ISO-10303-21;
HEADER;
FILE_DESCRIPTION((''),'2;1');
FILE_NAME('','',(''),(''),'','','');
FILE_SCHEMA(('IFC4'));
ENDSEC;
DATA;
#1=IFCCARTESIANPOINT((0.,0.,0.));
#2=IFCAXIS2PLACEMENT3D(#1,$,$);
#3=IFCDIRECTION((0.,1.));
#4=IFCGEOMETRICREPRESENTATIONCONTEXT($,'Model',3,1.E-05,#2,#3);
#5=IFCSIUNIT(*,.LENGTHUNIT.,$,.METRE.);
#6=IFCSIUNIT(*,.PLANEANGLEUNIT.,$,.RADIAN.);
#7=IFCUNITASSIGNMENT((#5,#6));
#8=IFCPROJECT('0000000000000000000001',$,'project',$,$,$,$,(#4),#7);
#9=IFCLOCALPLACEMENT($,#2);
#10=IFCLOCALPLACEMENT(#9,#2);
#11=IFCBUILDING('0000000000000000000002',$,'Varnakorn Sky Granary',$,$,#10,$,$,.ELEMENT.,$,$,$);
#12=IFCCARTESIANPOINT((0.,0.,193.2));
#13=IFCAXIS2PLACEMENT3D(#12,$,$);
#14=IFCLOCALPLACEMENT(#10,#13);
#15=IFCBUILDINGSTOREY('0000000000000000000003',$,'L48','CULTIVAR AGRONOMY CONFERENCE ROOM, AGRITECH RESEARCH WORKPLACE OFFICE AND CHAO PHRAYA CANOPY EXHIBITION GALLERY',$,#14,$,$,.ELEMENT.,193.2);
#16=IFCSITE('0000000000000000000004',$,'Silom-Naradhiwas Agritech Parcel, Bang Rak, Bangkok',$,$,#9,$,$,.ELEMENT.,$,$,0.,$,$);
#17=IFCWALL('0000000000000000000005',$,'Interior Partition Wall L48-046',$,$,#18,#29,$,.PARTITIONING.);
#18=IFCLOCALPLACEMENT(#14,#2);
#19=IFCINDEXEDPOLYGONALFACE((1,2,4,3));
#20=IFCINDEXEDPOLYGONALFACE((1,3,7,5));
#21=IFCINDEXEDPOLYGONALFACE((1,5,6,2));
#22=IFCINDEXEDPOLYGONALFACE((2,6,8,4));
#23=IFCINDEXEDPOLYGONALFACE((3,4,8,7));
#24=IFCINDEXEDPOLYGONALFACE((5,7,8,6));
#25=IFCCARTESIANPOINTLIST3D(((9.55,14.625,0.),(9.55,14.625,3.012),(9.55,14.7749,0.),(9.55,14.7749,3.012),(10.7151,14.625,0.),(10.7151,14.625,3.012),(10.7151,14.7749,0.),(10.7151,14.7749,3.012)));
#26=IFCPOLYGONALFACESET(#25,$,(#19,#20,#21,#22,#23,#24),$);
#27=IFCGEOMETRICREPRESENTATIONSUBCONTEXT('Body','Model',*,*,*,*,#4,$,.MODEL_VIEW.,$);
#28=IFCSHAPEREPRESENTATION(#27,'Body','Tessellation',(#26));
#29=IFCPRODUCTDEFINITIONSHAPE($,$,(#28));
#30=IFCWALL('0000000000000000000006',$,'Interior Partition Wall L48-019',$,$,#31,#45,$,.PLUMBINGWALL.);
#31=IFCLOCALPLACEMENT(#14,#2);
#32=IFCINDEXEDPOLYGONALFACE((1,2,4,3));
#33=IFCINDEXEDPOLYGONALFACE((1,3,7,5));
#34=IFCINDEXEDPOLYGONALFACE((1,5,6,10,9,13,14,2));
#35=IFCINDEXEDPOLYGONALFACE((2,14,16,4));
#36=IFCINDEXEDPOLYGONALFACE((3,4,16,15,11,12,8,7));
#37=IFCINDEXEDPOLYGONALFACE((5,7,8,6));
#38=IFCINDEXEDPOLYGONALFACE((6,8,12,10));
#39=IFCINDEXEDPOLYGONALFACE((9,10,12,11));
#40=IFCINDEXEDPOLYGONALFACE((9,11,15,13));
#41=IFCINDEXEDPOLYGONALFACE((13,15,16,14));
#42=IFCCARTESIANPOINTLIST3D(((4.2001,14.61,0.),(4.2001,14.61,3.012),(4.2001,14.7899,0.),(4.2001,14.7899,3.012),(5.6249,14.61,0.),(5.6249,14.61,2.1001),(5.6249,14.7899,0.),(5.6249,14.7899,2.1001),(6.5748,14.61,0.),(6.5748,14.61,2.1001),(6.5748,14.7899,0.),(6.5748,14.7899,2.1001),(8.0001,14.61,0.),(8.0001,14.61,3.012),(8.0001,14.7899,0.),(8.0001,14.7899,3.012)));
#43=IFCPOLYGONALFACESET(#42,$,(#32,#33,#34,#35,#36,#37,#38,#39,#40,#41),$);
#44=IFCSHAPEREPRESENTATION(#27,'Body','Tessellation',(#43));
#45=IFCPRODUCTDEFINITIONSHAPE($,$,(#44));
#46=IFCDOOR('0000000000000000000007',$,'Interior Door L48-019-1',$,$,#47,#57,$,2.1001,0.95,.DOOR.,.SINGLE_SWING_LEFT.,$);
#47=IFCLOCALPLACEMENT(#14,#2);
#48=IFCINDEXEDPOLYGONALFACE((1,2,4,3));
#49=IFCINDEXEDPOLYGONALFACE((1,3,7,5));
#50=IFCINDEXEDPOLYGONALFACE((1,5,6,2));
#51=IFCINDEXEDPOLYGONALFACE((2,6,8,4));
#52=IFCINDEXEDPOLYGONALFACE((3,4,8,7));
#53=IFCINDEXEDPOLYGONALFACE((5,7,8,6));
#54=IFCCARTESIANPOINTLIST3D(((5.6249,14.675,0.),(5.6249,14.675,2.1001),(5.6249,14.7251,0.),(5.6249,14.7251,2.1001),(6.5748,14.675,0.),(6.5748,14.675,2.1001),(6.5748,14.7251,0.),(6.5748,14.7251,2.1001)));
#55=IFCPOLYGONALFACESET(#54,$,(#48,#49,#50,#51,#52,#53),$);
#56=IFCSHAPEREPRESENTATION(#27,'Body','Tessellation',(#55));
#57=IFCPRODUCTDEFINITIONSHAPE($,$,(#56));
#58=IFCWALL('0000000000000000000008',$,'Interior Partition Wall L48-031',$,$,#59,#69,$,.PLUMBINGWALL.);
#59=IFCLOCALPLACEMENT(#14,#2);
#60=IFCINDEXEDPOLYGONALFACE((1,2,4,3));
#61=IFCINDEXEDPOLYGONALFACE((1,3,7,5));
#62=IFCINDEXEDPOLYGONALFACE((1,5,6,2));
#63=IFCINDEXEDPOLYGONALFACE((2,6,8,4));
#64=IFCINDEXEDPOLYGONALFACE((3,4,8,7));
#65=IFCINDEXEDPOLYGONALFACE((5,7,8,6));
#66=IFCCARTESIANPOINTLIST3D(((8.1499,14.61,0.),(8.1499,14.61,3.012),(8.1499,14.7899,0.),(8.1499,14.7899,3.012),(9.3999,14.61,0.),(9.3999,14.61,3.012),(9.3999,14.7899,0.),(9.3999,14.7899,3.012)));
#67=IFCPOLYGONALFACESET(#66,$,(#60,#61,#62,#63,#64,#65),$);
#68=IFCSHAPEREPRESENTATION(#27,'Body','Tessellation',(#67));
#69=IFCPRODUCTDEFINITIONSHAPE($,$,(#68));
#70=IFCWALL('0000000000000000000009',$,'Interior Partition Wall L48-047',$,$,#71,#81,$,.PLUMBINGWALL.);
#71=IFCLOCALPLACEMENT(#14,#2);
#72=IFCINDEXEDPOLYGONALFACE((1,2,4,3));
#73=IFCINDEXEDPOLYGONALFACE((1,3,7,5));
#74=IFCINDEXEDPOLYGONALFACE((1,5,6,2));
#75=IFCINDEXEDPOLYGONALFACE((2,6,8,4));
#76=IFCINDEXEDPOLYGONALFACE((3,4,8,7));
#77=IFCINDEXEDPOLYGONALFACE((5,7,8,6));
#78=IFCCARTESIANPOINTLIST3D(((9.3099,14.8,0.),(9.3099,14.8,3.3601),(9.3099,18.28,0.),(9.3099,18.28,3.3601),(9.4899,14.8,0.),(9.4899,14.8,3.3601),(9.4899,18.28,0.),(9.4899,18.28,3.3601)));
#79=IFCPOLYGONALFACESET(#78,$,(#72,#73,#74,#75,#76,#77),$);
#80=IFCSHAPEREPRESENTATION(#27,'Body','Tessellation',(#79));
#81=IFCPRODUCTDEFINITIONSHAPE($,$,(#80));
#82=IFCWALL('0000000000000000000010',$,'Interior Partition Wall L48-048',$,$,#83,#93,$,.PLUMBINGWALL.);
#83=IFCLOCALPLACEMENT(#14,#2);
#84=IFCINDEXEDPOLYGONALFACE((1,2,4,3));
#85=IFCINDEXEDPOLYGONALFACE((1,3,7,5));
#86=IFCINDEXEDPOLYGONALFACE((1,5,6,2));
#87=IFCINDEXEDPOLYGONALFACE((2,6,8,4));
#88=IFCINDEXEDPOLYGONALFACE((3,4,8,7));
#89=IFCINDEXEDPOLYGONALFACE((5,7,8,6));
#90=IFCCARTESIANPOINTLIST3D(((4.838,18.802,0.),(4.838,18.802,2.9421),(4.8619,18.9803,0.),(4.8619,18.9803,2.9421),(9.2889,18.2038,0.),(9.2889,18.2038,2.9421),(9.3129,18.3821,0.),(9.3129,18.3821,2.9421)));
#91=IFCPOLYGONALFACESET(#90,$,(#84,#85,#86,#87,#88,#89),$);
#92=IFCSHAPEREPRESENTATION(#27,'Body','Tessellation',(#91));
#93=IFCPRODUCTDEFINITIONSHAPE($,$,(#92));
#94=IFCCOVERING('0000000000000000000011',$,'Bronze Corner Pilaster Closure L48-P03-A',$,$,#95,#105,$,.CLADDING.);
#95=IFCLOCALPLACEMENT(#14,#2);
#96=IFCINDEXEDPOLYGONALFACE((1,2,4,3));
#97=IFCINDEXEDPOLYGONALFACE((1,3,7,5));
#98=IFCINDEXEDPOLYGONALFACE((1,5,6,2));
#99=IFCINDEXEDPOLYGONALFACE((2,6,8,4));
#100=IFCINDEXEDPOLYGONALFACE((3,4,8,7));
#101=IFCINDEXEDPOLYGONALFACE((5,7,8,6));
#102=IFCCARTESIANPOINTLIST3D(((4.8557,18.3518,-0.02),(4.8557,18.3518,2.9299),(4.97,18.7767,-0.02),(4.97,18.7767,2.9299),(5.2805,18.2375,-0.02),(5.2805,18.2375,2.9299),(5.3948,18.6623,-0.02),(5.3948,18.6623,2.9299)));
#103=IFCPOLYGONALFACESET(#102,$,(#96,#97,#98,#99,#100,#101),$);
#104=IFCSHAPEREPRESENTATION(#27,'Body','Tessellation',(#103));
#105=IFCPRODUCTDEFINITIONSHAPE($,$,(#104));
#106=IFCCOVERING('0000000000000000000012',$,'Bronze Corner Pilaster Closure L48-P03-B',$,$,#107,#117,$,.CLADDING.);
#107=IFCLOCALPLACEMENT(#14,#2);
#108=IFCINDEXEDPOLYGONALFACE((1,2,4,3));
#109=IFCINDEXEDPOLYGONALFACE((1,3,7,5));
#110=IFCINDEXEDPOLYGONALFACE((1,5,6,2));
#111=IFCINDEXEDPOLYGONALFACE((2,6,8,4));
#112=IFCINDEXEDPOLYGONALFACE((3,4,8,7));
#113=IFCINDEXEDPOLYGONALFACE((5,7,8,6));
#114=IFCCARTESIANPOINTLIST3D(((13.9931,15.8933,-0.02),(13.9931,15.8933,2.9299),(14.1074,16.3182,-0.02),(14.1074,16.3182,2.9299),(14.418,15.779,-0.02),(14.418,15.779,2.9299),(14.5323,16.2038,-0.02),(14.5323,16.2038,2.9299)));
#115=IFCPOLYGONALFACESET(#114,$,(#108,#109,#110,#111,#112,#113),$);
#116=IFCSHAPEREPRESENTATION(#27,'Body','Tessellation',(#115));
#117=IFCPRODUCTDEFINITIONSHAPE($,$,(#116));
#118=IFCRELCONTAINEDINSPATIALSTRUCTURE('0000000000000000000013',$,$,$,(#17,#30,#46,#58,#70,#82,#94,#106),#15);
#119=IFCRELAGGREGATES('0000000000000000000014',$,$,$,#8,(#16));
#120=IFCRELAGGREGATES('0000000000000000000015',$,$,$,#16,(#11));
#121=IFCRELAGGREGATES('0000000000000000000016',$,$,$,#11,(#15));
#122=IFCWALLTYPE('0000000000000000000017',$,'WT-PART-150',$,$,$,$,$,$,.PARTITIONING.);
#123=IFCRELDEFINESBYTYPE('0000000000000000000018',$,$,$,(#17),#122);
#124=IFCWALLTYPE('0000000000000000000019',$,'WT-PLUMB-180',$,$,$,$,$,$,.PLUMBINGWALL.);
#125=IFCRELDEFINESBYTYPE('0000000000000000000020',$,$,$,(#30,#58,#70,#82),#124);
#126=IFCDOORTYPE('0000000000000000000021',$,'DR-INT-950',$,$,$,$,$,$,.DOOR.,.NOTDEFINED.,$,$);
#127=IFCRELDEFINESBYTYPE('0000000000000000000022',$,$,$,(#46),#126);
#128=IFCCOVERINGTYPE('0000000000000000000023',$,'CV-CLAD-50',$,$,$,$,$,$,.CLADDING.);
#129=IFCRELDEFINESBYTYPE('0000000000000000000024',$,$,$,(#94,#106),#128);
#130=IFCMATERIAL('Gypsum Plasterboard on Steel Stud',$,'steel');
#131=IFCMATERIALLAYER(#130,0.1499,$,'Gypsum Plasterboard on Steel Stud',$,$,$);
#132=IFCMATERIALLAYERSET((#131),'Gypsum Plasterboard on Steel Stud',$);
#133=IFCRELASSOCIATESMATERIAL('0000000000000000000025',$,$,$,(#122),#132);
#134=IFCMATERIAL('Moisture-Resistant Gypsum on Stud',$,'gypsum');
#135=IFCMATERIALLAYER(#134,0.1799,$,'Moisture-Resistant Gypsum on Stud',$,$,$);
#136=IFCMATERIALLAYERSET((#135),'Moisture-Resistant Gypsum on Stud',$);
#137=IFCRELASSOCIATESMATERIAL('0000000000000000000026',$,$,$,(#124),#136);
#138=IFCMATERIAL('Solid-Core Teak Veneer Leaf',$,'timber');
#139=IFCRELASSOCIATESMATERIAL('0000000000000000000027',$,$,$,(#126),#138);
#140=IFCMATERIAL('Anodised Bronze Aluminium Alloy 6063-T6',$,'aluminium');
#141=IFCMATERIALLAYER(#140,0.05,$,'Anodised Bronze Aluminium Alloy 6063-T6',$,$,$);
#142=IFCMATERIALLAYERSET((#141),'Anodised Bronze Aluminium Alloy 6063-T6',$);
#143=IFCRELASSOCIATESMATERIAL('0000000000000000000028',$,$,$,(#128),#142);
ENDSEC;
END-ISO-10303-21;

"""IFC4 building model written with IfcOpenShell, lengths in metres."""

from ifc_helpers import new_model, si_unit, direction, frame, frame_2d, origin, origin_2d, place, context, subcontext, project, spatial, rectangle, extrude, source, transform, mapped, material, layer, layer_set, type_object, type_shapes, element, fill, save


model = new_model("IFC4")

# Units and contexts
model_context = context("Model", 3, precision=1e-05, world=origin(), true_north=direction((0.0, 1.0)))
body_context = subcontext(model_context, "Body", "Model", "MODEL_VIEW")
ifc_project = project(units=[si_unit("LENGTHUNIT", "METRE"), si_unit("PLANEANGLEUNIT", "RADIAN")], contexts=[model_context])

# Site, building, storey
site_placement = place(None, origin())
site = spatial("IfcSite", under=ifc_project, at=site_placement, Name="Silom-Naradhiwas Agritech Parcel, Bang Rak, Bangkok", CompositionType="ELEMENT", RefElevation=0.0)
building_placement = place(site_placement, origin())
building = spatial("IfcBuilding", under=site, at=building_placement, Name="Varnakorn Sky Granary", CompositionType="ELEMENT")
storey_placement = place(building_placement, frame((0.0, 0.0, 193.2)))
storey = spatial("IfcBuildingStorey", under=building, at=storey_placement, Name="L48", Description="CULTIVAR AGRONOMY CONFERENCE ROOM, AGRITECH RESEARCH WORKPLACE OFFICE AND CHAO PHRAYA CANOPY EXHIBITION GALLERY", CompositionType="ELEMENT", Elevation=193.2)

# Wall
ifc_material_1 = material(Name="Gypsum Plasterboard on Steel Stud", Category="steel")
ifc_layer_1 = layer(ifc_material_1, 0.1499, Name="Gypsum Plasterboard on Steel Stud")
ifc_layer_set_1 = layer_set([ifc_layer_1], Name="Gypsum Plasterboard on Steel Stud")
wall_type_1 = type_object("IfcWallType", Name="WT-PART-150", PredefinedType="PARTITIONING", material=ifc_layer_set_1)
wall_1_placement = place(storey_placement, frame((10.7151, 14.7, 0.0), z_axis=(0.0, 0.0, 1.0), x_axis=(-1.0, 0.0, 0.0)))
element("IfcWall", 1, at=wall_1_placement, inside=storey, type_object=wall_type_1, Name="Interior Partition Wall L48-046", PredefinedType="PARTITIONING", context=body_context, shape_type="SweptSolid", body=[
    extrude(rectangle(XDim=1.165, YDim=0.1499, at=frame_2d((0.5825, 0.0))), origin(), (0.0, 0.0, 1.0), 3.012),
])

# Wall, opening, door
ifc_material_2 = material(Name="Moisture-Resistant Gypsum on Stud", Category="gypsum")
ifc_layer_2 = layer(ifc_material_2, 0.1799, Name="Moisture-Resistant Gypsum on Stud")
ifc_layer_set_2 = layer_set([ifc_layer_2], Name="Moisture-Resistant Gypsum on Stud")
wall_type_2 = type_object("IfcWallType", Name="WT-PLUMB-180", PredefinedType="PLUMBINGWALL", material=ifc_layer_set_2)
wall_2_placement = place(storey_placement, frame((8.0, 14.7, 0.0), z_axis=(0.0, 0.0, 1.0), x_axis=(-1.0, 0.0, 0.0)))
wall_2 = element("IfcWall", 2, at=wall_2_placement, inside=storey, type_object=wall_type_2, Name="Interior Partition Wall L48-019", PredefinedType="PLUMBINGWALL", context=body_context, shape_type="SweptSolid", body=[
    extrude(rectangle(XDim=3.8, YDim=0.1799, at=frame_2d((1.8999, 0.0))), origin(), (0.0, 0.0, 1.0), 3.012),
])
opening_placement = place(wall_2_placement, frame((1.425, 0.0, 0.0)))
opening = element("IfcOpeningElement", 3, at=opening_placement, cuts=wall_2, PredefinedType="OPENING", context=body_context, shape_type="SweptSolid", body=[
    extrude(rectangle(XDim=0.95, YDim=2.1001, at=frame_2d((0.4751, 1.05))), frame((0.0, 0.1001, 0.0), z_axis=(0.0, -1.0, 0.0), x_axis=(1.0, 0.0, 0.0)), (0.0, 0.0, 1.0), 0.2),
])
ifc_material_3 = material(Name="Solid-Core Teak Veneer Leaf", Category="timber")
door_type = type_object("IfcDoorType", Name="DR-INT-950", OperationType="NOTDEFINED", PredefinedType="DOOR", material=ifc_material_3)
door_placement = place(opening_placement, origin())
door = element("IfcDoor", 4, at=door_placement, inside=storey, type_object=door_type, Name="Interior Door L48-019-1", OperationType="SINGLE_SWING_LEFT", OverallHeight=2.1001, OverallWidth=0.95, PredefinedType="DOOR", context=body_context, shape_type="SweptSolid", body=[
    extrude(rectangle(XDim=0.95, YDim=2.1001, at=frame_2d((0.4751, 1.05))), frame((0.0, 0.0249, 0.0), z_axis=(0.0, -1.0, 0.0), x_axis=(1.0, 0.0, 0.0)), (0.0, 0.0, 1.0), 0.05),
])
fill(opening, door)

# Walls
wall_3_placement = place(storey_placement, frame((9.3999, 14.7, 0.0), z_axis=(0.0, 0.0, 1.0), x_axis=(-1.0, 0.0, 0.0)))
element("IfcWall", 5, at=wall_3_placement, inside=storey, type_object=wall_type_2, Name="Interior Partition Wall L48-031", PredefinedType="PLUMBINGWALL", context=body_context, shape_type="SweptSolid", body=[
    extrude(rectangle(XDim=1.25, YDim=0.1799, at=frame_2d((0.625, 0.0))), origin(), (0.0, 0.0, 1.0), 3.012),
])
wall_4_placement = place(storey_placement, frame((9.3999, 14.8, 0.0), z_axis=(0.0, 0.0, 1.0), x_axis=(0.0, 1.0, 0.0)))
element("IfcWall", 6, at=wall_4_placement, inside=storey, type_object=wall_type_2, Name="Interior Partition Wall L48-047", PredefinedType="PLUMBINGWALL", context=body_context, shape_type="SweptSolid", body=[
    extrude(rectangle(XDim=3.48, YDim=0.1799, at=frame_2d((1.74, 0.0))), origin(), (0.0, 0.0, 1.0), 3.3601),
])
wall_5_placement = place(storey_placement, frame((9.301, 18.293, 0.0), z_axis=(0.0, 0.0, 1.0), x_axis=(-0.991091, 0.133189, 0.0)))
element("IfcWall", 7, at=wall_5_placement, inside=storey, type_object=wall_type_2, Name="Interior Partition Wall L48-048", PredefinedType="PLUMBINGWALL", context=body_context, shape_type="SweptSolid", body=[
    extrude(rectangle(XDim=4.491, YDim=0.1799, at=frame_2d((2.2456, 0.0))), origin(), (0.0, 0.0, 1.0), 2.9421),
])

# Coverings
ifc_material_4 = material(Name="Anodised Bronze Aluminium Alloy 6063-T6", Category="aluminium")
ifc_layer_3 = layer(ifc_material_4, 0.05, Name="Anodised Bronze Aluminium Alloy 6063-T6")
ifc_layer_set_3 = layer_set([ifc_layer_3], Name="Anodised Bronze Aluminium Alloy 6063-T6")
covering_type = type_object("IfcCoveringType", Name="CV-CLAD-50", PredefinedType="CLADDING", material=ifc_layer_set_3)
shared_shape = source(origin(), body_context, "Body", "SweptSolid", [
    extrude(rectangle(XDim=0.4399, YDim=0.4399, at=origin_2d()), origin(), (0.0, 0.0, 1.0), 2.95),
])
type_shapes(covering_type, [shared_shape])
for number, where, z_axis, x_axis, name in (
    (8, (5.1252, 18.5071, -0.02), (0.0, 0.0, 1.0), (0.965654, -0.25983, 0.0), "Bronze Corner Pilaster Closure L48-P03-A"),
    (9, (14.2627, 16.0486, -0.02), (0.0, 0.0, 1.0), (0.965654, -0.25983, 0.0), "Bronze Corner Pilaster Closure L48-P03-B"),
):
    element("IfcCovering", number, at=place(storey_placement, frame(where, z_axis=z_axis, x_axis=x_axis)), inside=storey, type_object=covering_type, Name=name, PredefinedType="CLADDING", context=body_context, shape_type="MappedRepresentation", body=[
        mapped(shared_shape, transform((0.0, 0.0, 0.0), x_axis=(1.0, 0.0, 0.0), y_axis=(0.0, 1.0, 0.0), z_axis=(0.0, 0.0, 1.0), scale=1.0)),
    ])

save(model, "model.ifc")
